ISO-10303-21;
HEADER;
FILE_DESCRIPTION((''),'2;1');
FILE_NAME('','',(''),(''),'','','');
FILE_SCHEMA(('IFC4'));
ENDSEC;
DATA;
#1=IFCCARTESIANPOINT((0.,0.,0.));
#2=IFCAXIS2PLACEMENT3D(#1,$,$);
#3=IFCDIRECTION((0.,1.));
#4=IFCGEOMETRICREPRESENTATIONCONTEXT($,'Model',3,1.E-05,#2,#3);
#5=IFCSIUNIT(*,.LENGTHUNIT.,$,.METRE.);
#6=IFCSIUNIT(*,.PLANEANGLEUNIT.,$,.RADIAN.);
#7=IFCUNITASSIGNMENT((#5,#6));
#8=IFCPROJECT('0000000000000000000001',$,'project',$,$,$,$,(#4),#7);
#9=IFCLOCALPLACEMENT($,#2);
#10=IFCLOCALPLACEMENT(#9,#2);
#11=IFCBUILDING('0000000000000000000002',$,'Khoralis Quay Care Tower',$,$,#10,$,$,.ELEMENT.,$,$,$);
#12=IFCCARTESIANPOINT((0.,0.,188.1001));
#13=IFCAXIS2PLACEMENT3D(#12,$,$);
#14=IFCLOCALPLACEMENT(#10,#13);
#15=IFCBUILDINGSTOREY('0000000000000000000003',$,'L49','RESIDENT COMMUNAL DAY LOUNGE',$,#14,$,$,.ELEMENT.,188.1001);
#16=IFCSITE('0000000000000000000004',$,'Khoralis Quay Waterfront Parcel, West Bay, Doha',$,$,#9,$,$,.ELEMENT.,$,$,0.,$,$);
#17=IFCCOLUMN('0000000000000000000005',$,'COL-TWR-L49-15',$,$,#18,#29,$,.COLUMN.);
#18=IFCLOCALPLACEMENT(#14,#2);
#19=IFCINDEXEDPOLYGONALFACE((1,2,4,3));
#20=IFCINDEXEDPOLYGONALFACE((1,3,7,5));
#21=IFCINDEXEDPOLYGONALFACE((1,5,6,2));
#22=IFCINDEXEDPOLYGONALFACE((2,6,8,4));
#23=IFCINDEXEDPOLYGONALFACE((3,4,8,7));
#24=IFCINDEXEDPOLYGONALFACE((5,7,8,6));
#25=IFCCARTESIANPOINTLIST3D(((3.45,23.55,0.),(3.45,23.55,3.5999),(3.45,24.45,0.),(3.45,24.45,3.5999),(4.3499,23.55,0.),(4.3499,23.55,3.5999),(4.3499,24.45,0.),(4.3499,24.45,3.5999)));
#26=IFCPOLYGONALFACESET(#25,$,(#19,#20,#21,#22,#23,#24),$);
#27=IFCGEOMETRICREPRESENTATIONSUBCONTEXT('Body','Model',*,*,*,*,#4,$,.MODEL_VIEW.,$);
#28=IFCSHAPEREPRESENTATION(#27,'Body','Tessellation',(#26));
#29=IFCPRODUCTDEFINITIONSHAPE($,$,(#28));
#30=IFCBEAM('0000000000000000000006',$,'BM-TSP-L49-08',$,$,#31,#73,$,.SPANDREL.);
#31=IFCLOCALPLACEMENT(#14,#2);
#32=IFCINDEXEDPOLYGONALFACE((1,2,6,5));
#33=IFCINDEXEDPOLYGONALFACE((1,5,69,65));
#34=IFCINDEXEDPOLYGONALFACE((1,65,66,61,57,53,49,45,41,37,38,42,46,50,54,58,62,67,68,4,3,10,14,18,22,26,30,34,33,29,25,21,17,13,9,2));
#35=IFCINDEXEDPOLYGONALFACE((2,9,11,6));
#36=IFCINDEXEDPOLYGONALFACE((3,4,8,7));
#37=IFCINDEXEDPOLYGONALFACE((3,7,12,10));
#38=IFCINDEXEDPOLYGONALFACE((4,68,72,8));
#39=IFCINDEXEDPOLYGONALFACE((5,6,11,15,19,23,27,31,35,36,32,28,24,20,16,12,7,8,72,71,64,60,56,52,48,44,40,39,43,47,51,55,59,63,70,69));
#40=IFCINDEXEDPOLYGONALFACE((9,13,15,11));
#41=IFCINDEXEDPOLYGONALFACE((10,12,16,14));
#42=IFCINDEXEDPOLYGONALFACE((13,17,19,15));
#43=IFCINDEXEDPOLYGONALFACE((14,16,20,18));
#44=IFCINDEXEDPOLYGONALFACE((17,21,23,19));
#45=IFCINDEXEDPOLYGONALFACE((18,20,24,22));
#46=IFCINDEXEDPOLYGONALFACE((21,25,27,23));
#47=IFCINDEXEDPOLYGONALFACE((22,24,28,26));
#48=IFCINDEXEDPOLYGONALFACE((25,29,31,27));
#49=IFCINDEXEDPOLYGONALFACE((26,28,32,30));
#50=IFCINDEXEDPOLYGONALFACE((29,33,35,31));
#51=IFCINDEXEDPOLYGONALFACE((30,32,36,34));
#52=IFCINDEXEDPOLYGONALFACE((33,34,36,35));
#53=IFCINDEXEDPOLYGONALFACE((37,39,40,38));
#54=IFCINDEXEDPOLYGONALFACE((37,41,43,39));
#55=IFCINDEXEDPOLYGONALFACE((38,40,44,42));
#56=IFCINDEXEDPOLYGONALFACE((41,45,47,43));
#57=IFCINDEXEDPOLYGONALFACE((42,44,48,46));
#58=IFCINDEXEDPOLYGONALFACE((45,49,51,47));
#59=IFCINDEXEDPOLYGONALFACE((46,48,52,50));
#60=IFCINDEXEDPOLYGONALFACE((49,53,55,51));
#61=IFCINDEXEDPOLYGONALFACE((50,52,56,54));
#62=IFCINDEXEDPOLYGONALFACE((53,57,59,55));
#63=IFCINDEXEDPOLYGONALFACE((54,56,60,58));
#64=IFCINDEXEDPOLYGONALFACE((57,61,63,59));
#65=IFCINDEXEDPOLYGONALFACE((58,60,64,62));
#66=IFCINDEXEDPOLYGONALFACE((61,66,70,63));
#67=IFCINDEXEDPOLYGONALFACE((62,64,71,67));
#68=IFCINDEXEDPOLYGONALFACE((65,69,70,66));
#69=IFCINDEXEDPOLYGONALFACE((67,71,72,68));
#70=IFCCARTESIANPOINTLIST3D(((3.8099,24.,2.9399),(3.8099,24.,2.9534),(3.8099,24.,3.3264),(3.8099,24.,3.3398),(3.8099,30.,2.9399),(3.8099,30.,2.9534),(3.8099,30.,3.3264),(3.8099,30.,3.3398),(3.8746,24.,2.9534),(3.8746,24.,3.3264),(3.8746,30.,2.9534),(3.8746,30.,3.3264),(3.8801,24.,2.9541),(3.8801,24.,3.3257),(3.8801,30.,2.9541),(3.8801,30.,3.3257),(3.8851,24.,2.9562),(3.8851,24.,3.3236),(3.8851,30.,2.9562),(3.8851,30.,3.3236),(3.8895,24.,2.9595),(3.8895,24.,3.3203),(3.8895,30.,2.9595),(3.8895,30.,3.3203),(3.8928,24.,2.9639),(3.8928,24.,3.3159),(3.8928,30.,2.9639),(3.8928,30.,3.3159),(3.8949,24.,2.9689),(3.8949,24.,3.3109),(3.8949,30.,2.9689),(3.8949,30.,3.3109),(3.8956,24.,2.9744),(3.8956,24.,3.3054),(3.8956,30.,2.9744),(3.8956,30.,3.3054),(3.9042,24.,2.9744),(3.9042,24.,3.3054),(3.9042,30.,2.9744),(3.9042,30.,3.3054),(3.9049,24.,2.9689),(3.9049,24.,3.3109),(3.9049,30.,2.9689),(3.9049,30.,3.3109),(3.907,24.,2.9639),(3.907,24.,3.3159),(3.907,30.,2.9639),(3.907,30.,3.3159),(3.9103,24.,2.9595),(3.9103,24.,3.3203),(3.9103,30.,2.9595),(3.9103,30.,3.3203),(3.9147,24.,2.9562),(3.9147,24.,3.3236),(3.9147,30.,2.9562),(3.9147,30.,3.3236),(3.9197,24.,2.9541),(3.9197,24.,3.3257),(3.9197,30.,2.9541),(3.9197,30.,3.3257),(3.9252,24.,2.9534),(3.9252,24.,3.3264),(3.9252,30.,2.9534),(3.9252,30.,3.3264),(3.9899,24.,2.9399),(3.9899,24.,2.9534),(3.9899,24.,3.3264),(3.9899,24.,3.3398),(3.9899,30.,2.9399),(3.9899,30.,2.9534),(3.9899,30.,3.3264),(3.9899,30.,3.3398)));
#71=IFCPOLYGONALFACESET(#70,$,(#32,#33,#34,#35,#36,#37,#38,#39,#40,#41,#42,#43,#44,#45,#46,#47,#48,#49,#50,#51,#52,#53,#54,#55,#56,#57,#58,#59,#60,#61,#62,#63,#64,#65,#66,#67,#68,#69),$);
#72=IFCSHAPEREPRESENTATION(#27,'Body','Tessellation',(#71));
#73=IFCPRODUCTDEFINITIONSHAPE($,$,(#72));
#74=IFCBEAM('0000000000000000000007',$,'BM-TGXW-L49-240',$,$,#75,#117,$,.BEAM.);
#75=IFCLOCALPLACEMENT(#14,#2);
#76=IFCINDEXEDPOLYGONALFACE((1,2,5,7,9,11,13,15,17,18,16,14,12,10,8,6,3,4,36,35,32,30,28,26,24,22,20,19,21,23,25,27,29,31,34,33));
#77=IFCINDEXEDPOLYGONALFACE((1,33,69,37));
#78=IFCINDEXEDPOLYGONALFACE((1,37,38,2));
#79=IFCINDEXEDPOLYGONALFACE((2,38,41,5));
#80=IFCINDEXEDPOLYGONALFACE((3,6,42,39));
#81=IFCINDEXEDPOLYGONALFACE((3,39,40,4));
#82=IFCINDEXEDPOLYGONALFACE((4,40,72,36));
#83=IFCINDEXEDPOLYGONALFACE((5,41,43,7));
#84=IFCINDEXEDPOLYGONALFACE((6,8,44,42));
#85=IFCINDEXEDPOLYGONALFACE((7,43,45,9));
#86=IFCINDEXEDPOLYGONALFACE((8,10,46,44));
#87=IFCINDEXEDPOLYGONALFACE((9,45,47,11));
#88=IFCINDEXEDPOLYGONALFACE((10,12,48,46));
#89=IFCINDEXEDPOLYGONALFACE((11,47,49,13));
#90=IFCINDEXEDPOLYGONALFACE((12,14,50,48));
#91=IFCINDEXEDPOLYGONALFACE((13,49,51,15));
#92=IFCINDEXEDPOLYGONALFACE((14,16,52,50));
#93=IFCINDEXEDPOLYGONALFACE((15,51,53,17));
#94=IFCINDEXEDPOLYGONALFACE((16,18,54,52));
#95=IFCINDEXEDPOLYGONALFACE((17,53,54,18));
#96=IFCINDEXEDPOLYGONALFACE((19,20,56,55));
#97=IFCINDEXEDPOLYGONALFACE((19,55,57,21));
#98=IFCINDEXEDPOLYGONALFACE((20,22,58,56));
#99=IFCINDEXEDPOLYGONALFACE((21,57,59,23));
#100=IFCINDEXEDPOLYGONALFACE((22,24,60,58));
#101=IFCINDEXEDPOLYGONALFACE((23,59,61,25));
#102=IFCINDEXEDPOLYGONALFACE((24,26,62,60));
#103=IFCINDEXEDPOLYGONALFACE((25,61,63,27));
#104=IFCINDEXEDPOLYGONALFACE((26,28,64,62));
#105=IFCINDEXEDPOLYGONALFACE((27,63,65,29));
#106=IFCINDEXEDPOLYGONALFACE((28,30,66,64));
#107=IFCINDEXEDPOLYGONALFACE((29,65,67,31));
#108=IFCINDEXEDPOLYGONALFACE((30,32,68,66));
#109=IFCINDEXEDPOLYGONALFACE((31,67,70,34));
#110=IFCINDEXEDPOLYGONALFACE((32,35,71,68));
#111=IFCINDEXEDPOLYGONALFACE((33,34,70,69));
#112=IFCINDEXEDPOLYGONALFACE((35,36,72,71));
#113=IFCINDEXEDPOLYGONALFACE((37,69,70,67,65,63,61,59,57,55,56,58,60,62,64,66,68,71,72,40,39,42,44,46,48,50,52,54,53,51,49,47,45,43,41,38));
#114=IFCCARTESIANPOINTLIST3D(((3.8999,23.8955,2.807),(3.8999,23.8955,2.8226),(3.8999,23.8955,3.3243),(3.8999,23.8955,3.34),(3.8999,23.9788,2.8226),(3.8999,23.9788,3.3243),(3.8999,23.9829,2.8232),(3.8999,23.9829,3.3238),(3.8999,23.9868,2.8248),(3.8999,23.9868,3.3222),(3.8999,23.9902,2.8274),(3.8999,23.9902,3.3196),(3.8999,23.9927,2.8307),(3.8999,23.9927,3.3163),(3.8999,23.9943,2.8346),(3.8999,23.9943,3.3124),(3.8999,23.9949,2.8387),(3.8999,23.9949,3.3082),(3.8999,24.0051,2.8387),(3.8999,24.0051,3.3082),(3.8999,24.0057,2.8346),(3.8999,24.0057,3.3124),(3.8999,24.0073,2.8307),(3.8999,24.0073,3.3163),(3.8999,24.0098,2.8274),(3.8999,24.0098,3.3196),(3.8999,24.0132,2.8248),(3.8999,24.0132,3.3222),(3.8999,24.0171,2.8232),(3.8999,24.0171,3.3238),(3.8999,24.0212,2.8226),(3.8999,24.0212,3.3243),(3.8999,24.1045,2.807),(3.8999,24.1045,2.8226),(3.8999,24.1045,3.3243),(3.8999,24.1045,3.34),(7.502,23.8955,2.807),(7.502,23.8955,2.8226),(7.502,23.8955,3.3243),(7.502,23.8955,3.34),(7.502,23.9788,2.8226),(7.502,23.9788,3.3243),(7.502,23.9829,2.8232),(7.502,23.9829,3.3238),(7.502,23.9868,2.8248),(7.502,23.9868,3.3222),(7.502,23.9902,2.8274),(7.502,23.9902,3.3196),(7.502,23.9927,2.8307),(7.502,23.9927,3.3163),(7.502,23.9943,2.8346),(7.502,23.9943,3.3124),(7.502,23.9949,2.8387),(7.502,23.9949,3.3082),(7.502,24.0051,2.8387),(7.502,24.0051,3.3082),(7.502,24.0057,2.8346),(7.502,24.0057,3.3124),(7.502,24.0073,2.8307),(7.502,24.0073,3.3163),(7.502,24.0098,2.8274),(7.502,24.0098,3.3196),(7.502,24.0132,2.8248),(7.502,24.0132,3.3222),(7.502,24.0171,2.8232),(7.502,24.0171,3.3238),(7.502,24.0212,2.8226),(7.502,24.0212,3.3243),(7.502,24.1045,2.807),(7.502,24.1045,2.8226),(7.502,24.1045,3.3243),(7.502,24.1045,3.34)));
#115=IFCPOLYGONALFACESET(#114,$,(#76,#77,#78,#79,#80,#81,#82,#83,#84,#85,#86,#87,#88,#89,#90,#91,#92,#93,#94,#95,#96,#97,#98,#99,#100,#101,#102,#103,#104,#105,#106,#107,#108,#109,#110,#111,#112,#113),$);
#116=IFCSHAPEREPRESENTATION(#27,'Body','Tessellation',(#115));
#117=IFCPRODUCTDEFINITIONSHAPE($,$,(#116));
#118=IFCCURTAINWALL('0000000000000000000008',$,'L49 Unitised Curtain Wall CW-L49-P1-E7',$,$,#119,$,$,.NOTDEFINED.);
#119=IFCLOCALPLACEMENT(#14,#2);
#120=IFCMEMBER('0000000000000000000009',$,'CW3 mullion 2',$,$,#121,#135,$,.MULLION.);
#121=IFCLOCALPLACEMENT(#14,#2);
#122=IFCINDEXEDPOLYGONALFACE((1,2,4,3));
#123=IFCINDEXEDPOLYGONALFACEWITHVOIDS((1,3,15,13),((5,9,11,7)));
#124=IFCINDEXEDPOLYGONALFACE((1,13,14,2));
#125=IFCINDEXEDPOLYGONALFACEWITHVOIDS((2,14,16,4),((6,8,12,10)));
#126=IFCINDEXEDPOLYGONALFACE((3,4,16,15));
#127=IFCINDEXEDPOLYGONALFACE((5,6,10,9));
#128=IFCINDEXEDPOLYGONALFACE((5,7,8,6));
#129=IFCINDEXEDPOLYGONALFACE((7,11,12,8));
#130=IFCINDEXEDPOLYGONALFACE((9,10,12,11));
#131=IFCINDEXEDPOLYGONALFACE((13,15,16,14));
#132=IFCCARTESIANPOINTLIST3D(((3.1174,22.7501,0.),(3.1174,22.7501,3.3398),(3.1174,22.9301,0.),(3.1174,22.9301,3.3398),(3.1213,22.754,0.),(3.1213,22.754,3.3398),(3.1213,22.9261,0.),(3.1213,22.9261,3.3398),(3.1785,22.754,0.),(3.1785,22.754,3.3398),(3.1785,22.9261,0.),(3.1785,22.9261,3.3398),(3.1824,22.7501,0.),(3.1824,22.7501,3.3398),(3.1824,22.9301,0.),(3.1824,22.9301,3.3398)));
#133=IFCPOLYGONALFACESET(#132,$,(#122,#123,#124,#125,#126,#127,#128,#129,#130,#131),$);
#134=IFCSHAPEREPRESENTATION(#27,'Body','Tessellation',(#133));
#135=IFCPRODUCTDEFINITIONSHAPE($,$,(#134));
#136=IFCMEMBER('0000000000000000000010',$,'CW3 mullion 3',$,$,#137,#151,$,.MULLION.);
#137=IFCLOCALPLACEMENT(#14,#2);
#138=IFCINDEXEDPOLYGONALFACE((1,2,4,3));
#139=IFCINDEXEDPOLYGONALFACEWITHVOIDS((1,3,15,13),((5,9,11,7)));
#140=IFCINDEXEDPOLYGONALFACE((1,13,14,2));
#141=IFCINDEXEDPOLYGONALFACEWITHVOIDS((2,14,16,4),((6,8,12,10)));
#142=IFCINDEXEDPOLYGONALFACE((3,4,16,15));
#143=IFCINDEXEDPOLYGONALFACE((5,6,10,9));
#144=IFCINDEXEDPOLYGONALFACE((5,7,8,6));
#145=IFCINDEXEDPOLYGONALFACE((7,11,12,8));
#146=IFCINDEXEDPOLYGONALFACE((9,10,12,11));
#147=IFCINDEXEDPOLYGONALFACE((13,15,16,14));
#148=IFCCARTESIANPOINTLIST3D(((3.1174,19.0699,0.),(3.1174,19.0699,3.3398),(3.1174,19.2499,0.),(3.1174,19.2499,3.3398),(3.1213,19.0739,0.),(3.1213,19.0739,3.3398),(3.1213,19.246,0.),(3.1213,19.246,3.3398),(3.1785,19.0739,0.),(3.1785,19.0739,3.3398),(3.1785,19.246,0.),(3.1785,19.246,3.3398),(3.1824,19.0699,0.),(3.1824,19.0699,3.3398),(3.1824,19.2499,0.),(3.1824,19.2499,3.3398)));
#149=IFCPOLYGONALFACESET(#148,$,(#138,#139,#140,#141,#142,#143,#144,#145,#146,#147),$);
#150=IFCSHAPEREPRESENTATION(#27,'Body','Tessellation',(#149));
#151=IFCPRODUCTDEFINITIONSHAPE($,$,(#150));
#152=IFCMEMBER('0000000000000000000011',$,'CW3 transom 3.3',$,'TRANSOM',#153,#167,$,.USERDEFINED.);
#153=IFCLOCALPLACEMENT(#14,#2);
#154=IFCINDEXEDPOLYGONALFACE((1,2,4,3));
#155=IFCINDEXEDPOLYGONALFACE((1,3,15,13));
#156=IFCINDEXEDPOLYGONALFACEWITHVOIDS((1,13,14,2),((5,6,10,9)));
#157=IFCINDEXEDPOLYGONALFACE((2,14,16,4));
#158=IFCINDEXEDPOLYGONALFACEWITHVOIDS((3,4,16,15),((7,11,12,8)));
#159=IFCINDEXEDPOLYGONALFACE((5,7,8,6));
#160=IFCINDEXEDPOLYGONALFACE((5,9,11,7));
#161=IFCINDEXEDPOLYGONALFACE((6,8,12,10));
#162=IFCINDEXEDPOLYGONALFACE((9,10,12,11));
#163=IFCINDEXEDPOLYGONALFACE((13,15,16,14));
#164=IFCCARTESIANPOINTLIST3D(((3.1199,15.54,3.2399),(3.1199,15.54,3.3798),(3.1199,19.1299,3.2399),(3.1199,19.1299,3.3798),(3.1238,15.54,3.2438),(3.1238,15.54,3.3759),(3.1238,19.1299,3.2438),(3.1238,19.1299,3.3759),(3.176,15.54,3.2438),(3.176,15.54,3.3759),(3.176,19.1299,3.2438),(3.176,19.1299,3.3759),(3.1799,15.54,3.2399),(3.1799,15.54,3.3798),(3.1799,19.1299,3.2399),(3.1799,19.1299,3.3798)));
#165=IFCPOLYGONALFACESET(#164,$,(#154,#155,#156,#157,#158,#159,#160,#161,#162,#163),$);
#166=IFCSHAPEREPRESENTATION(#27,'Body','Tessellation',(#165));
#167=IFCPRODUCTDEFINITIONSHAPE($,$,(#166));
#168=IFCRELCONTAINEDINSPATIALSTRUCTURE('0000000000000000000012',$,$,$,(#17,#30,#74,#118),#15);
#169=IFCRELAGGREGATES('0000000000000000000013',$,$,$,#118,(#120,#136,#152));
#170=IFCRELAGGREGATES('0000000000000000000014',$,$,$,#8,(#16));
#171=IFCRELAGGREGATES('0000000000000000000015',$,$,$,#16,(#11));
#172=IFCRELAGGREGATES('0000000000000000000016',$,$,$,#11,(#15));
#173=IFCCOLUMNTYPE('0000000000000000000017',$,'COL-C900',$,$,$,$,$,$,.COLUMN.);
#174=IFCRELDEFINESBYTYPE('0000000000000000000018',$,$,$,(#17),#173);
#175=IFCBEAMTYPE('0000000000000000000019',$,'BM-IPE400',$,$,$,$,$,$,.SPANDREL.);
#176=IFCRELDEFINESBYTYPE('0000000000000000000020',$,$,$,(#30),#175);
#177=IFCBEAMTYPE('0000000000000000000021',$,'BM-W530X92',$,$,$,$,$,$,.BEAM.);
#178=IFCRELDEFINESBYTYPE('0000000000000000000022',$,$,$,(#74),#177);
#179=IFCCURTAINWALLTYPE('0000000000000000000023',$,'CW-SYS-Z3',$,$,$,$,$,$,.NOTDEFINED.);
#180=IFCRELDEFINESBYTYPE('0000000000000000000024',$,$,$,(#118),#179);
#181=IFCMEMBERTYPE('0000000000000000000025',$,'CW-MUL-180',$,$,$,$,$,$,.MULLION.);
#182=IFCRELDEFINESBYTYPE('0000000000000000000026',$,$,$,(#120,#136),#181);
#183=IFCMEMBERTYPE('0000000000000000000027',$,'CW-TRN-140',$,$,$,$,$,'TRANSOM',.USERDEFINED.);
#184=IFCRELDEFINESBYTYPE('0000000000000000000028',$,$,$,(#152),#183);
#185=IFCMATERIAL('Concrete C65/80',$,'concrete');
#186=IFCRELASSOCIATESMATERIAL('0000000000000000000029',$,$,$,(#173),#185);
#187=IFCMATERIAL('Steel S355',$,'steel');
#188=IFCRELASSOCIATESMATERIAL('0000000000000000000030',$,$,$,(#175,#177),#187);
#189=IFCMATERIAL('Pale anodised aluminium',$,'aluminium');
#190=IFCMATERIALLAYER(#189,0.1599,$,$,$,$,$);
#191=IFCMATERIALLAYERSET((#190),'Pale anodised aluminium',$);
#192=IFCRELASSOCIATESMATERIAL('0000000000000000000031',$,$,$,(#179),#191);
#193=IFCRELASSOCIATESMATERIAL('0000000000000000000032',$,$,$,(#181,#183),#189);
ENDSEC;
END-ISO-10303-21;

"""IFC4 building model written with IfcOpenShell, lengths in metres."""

from ifc_helpers import new_model, si_unit, direction, frame, origin, origin_2d, place, context, subcontext, project, spatial, rectangle, hollow_rectangle, i_section, extrude, source, transform, mapped, material, layer, layer_set, material_profile, profile_set, type_object, element, aggregate, save


model = new_model("IFC4")

# Units and contexts
model_context = context("Model", 3, precision=1e-05, world=origin(), true_north=direction((0.0, 1.0)))
body_context = subcontext(model_context, "Body", "Model", "MODEL_VIEW")
ifc_project = project(units=[si_unit("LENGTHUNIT", "METRE"), si_unit("PLANEANGLEUNIT", "RADIAN")], contexts=[model_context])

# Site, building, storey
site_placement = place(None, origin())
site = spatial("IfcSite", under=ifc_project, at=site_placement, Name="Khoralis Quay Waterfront Parcel, West Bay, Doha", CompositionType="ELEMENT", RefElevation=0.0)
building_placement = place(site_placement, origin())
building = spatial("IfcBuilding", under=site, at=building_placement, Name="Khoralis Quay Care Tower", CompositionType="ELEMENT")
storey_placement = place(building_placement, frame((0.0, 0.0, 188.1001)))
storey = spatial("IfcBuildingStorey", under=building, at=storey_placement, Name="L49", Description="RESIDENT COMMUNAL DAY LOUNGE", CompositionType="ELEMENT", Elevation=188.1001)

# Column
ifc_material_1 = material(Name="Concrete C65/80", Category="concrete")
ifc_material_profile_1 = material_profile(ifc_material_1, rectangle(XDim=0.8999, YDim=0.8999, at=origin_2d()), Name="Concrete C65/80")
ifc_profile_set_1 = profile_set([ifc_material_profile_1], Name="Concrete C65/80")
column_type = type_object("IfcColumnType", Name="COL-C900", PredefinedType="COLUMN", material=ifc_profile_set_1)
shared_shape_1 = source(origin(), body_context, "Body", "SweptSolid", [
    extrude(rectangle(XDim=0.8999, YDim=0.8999, at=origin_2d()), origin(), (0.0, 0.0, 1.0), 3.5999),
])
column_placement = place(storey_placement, frame((3.8999, 24.0, 0.0), z_axis=(0.0, 0.0, 1.0), x_axis=(1.0, 0.0, 0.0)))
element("IfcColumn", 1, at=column_placement, inside=storey, type_object=column_type, Name="COL-TWR-L49-15", PredefinedType="COLUMN", context=body_context, shape_type="MappedRepresentation", body=[
    mapped(shared_shape_1, transform((0.0, 0.0, 0.0), scale=1.0)),
])

# Beams
ifc_material_2 = material(Name="Steel S355", Category="steel")
ifc_material_profile_2 = material_profile(ifc_material_2, i_section(OverallWidth=0.1799, OverallDepth=0.3999, WebThickness=0.0085, FlangeThickness=0.0134, FilletRadius=0.021, at=origin_2d()), Name="Steel S355")
ifc_profile_set_2 = profile_set([ifc_material_profile_2], Name="Steel S355")
beam_type_1 = type_object("IfcBeamType", Name="BM-IPE400", PredefinedType="SPANDREL", material=ifc_profile_set_2)
shared_shape_2 = source(origin(), body_context, "Body", "SweptSolid", [
    extrude(i_section(OverallWidth=0.1799, OverallDepth=0.3999, WebThickness=0.0085, FlangeThickness=0.0134, FilletRadius=0.021, at=origin_2d()), origin(), (0.0, 0.0, 1.0), 6.0),
])
beam_1_placement = place(storey_placement, frame((3.8999, 24.0, 3.1399), z_axis=(0.0, 1.0, 0.0), x_axis=(-1.0, 0.0, 0.0)))
element("IfcBeam", 2, at=beam_1_placement, inside=storey, type_object=beam_type_1, Name="BM-TSP-L49-08", PredefinedType="SPANDREL", context=body_context, shape_type="MappedRepresentation", body=[
    mapped(shared_shape_2, transform((0.0, 0.0, 0.0), scale=1.0)),
])
ifc_material_profile_3 = material_profile(ifc_material_2, i_section(OverallWidth=0.209, OverallDepth=0.533, WebThickness=0.0103, FlangeThickness=0.0156, FilletRadius=0.0161, at=origin_2d()), Name="Steel S355")
ifc_profile_set_3 = profile_set([ifc_material_profile_3], Name="Steel S355")
beam_type_2 = type_object("IfcBeamType", Name="BM-W530X92", PredefinedType="BEAM", material=ifc_profile_set_3)
shared_shape_3 = source(origin(), body_context, "Body", "SweptSolid", [
    extrude(i_section(OverallWidth=0.209, OverallDepth=0.533, WebThickness=0.0103, FlangeThickness=0.0156, FilletRadius=0.0161, at=origin_2d()), origin(), (0.0, 0.0, 1.0), 3.6021),
])
beam_2_placement = place(storey_placement, frame((3.8999, 24.0, 3.0735), z_axis=(1.0, 0.0, 0.0), x_axis=(0.0, 1.0, 0.0)))
element("IfcBeam", 3, at=beam_2_placement, inside=storey, type_object=beam_type_2, Name="BM-TGXW-L49-240", PredefinedType="BEAM", context=body_context, shape_type="MappedRepresentation", body=[
    mapped(shared_shape_3, transform((0.0, 0.0, 0.0), scale=1.0)),
])

# Curtain wall, members
ifc_material_3 = material(Name="Pale anodised aluminium", Category="aluminium")
ifc_layer_1 = layer(ifc_material_3, 0.1599)
ifc_layer_set_1 = layer_set([ifc_layer_1], Name="Pale anodised aluminium")
curtain_wall_type = type_object("IfcCurtainWallType", Name="CW-SYS-Z3", PredefinedType="NOTDEFINED", material=ifc_layer_set_1)
curtain_wall_placement = place(storey_placement, origin())
curtain_wall = element("IfcCurtainWall", 4, at=curtain_wall_placement, inside=storey, type_object=curtain_wall_type, Name="L49 Unitised Curtain Wall CW-L49-P1-E7", PredefinedType="NOTDEFINED")
ifc_material_profile_4 = material_profile(ifc_material_3, hollow_rectangle(XDim=0.0649, YDim=0.1799, WallThickness=0.0039, at=origin_2d()), Name="Pale anodised aluminium")
ifc_profile_set_4 = profile_set([ifc_material_profile_4], Name="Pale anodised aluminium")
member_type_1 = type_object("IfcMemberType", Name="CW-MUL-180", PredefinedType="MULLION", material=ifc_profile_set_4)
shared_shape_4 = source(origin(), body_context, "Body", "SweptSolid", [
    extrude(hollow_rectangle(XDim=0.0649, YDim=0.1799, WallThickness=0.0039, at=origin_2d()), origin(), (0.0, 0.0, 1.0), 3.3398),
])
member_1_placement = place(storey_placement, frame((3.1499, 22.8401, 0.0), z_axis=(0.0, 0.0, 1.0), x_axis=(1.0, 0.0, 0.0)))
member_1 = element("IfcMember", 5, at=member_1_placement, type_object=member_type_1, Name="CW3 mullion 2", PredefinedType="MULLION", context=body_context, shape_type="MappedRepresentation", body=[
    mapped(shared_shape_4, transform((0.0, 0.0, 0.0), scale=1.0)),
])
member_2_placement = place(storey_placement, frame((3.1499, 19.1599, 0.0), z_axis=(0.0, 0.0, 1.0), x_axis=(1.0, 0.0, 0.0)))
member_2 = element("IfcMember", 6, at=member_2_placement, type_object=member_type_1, Name="CW3 mullion 3", PredefinedType="MULLION", context=body_context, shape_type="MappedRepresentation", body=[
    mapped(shared_shape_4, transform((0.0, 0.0, 0.0), scale=1.0)),
])
ifc_material_profile_5 = material_profile(ifc_material_3, hollow_rectangle(XDim=0.0601, YDim=0.1399, WallThickness=0.0039, at=origin_2d()), Name="Pale anodised aluminium")
ifc_profile_set_5 = profile_set([ifc_material_profile_5], Name="Pale anodised aluminium")
member_type_2 = type_object("IfcMemberType", Name="CW-TRN-140", ElementType="TRANSOM", PredefinedType="USERDEFINED", material=ifc_profile_set_5)
shared_shape_5 = source(origin(), body_context, "Body", "SweptSolid", [
    extrude(hollow_rectangle(XDim=0.0601, YDim=0.1399, WallThickness=0.0039, at=origin_2d()), origin(), (0.0, 0.0, 1.0), 3.5898),
])
member_3_placement = place(storey_placement, frame((3.1499, 19.1299, 3.3098), z_axis=(0.0, -1.0, 0.0), x_axis=(1.0, 0.0, 0.0)))
member_3 = element("IfcMember", 7, at=member_3_placement, type_object=member_type_2, Name="CW3 transom 3.3", ObjectType="TRANSOM", PredefinedType="USERDEFINED", context=body_context, shape_type="MappedRepresentation", body=[
    mapped(shared_shape_5, transform((0.0, 0.0, 0.0), scale=1.0)),
])
aggregate(curtain_wall, [member_1, member_2, member_3])

save(model, "model.ifc")
